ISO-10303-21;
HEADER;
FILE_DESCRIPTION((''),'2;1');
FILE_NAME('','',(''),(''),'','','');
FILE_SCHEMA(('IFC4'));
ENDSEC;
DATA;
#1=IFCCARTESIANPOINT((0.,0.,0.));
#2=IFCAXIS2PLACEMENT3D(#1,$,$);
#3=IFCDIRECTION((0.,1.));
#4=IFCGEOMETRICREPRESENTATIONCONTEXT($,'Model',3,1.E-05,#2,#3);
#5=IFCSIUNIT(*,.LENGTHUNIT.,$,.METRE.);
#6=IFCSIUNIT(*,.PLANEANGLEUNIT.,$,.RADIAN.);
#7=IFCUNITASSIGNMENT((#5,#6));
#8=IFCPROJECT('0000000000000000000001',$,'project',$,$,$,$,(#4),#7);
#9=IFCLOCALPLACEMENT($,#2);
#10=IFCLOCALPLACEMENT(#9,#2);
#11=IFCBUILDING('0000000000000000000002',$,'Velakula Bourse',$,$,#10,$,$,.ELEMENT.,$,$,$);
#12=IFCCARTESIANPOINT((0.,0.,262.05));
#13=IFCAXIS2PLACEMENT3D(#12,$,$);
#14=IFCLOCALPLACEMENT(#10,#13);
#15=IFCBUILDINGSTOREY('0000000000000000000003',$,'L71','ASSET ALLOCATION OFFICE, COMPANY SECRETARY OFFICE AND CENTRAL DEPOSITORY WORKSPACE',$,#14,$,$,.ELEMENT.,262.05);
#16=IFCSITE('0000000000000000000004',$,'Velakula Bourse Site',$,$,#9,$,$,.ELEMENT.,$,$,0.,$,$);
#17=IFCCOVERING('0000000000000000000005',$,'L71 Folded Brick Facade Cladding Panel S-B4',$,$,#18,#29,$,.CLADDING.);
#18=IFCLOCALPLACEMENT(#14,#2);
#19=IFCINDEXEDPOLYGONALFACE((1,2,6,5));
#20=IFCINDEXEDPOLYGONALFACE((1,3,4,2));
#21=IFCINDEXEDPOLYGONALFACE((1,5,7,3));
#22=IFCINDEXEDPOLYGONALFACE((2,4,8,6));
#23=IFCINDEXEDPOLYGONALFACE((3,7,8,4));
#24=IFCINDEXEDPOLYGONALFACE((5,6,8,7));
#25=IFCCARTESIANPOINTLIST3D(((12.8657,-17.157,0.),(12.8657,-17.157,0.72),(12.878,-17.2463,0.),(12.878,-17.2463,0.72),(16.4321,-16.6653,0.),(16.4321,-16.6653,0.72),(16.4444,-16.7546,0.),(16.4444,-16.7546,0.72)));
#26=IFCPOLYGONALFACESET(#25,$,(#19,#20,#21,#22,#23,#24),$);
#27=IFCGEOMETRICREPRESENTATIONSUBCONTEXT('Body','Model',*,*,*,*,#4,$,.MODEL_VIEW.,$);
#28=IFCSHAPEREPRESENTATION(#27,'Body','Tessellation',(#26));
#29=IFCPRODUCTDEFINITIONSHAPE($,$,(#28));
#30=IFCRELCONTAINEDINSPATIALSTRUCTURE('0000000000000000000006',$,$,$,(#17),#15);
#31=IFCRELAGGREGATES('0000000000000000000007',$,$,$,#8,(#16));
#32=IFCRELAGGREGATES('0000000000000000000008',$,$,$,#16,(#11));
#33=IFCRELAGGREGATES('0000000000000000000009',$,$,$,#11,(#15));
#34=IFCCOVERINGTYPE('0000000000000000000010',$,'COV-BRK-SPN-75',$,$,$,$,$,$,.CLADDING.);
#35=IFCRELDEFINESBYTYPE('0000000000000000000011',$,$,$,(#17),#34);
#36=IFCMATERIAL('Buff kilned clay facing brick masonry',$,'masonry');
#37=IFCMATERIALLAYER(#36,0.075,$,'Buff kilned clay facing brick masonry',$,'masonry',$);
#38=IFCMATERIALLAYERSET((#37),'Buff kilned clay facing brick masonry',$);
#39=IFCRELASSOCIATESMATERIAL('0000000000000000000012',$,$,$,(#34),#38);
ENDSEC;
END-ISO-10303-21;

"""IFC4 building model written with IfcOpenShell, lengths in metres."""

from ifc_helpers import new_model, si_unit, direction, frame, origin, origin_2d, place, context, subcontext, project, spatial, rectangle, extrude, material, layer, layer_set, type_object, element, save


model = new_model("IFC4")

# Units and contexts
model_context = context("Model", 3, precision=1e-05, world=origin(), true_north=direction((0.0, 1.0)))
body_context = subcontext(model_context, "Body", "Model", "MODEL_VIEW")
ifc_project = project(units=[si_unit("LENGTHUNIT", "METRE"), si_unit("PLANEANGLEUNIT", "RADIAN")], contexts=[model_context])

# Site, building, storey
site_placement = place(None, origin())
site = spatial("IfcSite", under=ifc_project, at=site_placement, Name="Velakula Bourse Site", CompositionType="ELEMENT", RefElevation=0.0)
building_placement = place(site_placement, origin())
building = spatial("IfcBuilding", under=site, at=building_placement, Name="Velakula Bourse", CompositionType="ELEMENT")
storey_placement = place(building_placement, frame((0.0, 0.0, 262.05)))
storey = spatial("IfcBuildingStorey", under=building, at=storey_placement, Name="L71", Description="ASSET ALLOCATION OFFICE, COMPANY SECRETARY OFFICE AND CENTRAL DEPOSITORY WORKSPACE", CompositionType="ELEMENT", Elevation=262.05)

# Shared definitions
ifc_material_1 = material(Name="Buff kilned clay facing brick masonry", Category="masonry")

# Covering
ifc_layer_1 = layer(ifc_material_1, 0.075, Name="Buff kilned clay facing brick masonry", Category="masonry")
ifc_layer_set_1 = layer_set([ifc_layer_1], Name="Buff kilned clay facing brick masonry")
covering_type = type_object("IfcCoveringType", Name="COV-BRK-SPN-75", PredefinedType="CLADDING", material=ifc_layer_set_1)
covering_placement = place(storey_placement, frame((14.655, -16.9558, 0.0), z_axis=(0.0, 0.0, 1.0), x_axis=(0.990629, 0.13658, 0.0)))
element("IfcCovering", 1, at=covering_placement, inside=storey, type_object=covering_type, Name="L71 Folded Brick Facade Cladding Panel S-B4", PredefinedType="CLADDING", context=body_context, shape_type="SweptSolid", body=[
    extrude(rectangle(XDim=3.6001, YDim=0.0901, at=origin_2d()), origin(), (0.0, 0.0, 1.0), 0.72),
])

save(model, "model.ifc")
